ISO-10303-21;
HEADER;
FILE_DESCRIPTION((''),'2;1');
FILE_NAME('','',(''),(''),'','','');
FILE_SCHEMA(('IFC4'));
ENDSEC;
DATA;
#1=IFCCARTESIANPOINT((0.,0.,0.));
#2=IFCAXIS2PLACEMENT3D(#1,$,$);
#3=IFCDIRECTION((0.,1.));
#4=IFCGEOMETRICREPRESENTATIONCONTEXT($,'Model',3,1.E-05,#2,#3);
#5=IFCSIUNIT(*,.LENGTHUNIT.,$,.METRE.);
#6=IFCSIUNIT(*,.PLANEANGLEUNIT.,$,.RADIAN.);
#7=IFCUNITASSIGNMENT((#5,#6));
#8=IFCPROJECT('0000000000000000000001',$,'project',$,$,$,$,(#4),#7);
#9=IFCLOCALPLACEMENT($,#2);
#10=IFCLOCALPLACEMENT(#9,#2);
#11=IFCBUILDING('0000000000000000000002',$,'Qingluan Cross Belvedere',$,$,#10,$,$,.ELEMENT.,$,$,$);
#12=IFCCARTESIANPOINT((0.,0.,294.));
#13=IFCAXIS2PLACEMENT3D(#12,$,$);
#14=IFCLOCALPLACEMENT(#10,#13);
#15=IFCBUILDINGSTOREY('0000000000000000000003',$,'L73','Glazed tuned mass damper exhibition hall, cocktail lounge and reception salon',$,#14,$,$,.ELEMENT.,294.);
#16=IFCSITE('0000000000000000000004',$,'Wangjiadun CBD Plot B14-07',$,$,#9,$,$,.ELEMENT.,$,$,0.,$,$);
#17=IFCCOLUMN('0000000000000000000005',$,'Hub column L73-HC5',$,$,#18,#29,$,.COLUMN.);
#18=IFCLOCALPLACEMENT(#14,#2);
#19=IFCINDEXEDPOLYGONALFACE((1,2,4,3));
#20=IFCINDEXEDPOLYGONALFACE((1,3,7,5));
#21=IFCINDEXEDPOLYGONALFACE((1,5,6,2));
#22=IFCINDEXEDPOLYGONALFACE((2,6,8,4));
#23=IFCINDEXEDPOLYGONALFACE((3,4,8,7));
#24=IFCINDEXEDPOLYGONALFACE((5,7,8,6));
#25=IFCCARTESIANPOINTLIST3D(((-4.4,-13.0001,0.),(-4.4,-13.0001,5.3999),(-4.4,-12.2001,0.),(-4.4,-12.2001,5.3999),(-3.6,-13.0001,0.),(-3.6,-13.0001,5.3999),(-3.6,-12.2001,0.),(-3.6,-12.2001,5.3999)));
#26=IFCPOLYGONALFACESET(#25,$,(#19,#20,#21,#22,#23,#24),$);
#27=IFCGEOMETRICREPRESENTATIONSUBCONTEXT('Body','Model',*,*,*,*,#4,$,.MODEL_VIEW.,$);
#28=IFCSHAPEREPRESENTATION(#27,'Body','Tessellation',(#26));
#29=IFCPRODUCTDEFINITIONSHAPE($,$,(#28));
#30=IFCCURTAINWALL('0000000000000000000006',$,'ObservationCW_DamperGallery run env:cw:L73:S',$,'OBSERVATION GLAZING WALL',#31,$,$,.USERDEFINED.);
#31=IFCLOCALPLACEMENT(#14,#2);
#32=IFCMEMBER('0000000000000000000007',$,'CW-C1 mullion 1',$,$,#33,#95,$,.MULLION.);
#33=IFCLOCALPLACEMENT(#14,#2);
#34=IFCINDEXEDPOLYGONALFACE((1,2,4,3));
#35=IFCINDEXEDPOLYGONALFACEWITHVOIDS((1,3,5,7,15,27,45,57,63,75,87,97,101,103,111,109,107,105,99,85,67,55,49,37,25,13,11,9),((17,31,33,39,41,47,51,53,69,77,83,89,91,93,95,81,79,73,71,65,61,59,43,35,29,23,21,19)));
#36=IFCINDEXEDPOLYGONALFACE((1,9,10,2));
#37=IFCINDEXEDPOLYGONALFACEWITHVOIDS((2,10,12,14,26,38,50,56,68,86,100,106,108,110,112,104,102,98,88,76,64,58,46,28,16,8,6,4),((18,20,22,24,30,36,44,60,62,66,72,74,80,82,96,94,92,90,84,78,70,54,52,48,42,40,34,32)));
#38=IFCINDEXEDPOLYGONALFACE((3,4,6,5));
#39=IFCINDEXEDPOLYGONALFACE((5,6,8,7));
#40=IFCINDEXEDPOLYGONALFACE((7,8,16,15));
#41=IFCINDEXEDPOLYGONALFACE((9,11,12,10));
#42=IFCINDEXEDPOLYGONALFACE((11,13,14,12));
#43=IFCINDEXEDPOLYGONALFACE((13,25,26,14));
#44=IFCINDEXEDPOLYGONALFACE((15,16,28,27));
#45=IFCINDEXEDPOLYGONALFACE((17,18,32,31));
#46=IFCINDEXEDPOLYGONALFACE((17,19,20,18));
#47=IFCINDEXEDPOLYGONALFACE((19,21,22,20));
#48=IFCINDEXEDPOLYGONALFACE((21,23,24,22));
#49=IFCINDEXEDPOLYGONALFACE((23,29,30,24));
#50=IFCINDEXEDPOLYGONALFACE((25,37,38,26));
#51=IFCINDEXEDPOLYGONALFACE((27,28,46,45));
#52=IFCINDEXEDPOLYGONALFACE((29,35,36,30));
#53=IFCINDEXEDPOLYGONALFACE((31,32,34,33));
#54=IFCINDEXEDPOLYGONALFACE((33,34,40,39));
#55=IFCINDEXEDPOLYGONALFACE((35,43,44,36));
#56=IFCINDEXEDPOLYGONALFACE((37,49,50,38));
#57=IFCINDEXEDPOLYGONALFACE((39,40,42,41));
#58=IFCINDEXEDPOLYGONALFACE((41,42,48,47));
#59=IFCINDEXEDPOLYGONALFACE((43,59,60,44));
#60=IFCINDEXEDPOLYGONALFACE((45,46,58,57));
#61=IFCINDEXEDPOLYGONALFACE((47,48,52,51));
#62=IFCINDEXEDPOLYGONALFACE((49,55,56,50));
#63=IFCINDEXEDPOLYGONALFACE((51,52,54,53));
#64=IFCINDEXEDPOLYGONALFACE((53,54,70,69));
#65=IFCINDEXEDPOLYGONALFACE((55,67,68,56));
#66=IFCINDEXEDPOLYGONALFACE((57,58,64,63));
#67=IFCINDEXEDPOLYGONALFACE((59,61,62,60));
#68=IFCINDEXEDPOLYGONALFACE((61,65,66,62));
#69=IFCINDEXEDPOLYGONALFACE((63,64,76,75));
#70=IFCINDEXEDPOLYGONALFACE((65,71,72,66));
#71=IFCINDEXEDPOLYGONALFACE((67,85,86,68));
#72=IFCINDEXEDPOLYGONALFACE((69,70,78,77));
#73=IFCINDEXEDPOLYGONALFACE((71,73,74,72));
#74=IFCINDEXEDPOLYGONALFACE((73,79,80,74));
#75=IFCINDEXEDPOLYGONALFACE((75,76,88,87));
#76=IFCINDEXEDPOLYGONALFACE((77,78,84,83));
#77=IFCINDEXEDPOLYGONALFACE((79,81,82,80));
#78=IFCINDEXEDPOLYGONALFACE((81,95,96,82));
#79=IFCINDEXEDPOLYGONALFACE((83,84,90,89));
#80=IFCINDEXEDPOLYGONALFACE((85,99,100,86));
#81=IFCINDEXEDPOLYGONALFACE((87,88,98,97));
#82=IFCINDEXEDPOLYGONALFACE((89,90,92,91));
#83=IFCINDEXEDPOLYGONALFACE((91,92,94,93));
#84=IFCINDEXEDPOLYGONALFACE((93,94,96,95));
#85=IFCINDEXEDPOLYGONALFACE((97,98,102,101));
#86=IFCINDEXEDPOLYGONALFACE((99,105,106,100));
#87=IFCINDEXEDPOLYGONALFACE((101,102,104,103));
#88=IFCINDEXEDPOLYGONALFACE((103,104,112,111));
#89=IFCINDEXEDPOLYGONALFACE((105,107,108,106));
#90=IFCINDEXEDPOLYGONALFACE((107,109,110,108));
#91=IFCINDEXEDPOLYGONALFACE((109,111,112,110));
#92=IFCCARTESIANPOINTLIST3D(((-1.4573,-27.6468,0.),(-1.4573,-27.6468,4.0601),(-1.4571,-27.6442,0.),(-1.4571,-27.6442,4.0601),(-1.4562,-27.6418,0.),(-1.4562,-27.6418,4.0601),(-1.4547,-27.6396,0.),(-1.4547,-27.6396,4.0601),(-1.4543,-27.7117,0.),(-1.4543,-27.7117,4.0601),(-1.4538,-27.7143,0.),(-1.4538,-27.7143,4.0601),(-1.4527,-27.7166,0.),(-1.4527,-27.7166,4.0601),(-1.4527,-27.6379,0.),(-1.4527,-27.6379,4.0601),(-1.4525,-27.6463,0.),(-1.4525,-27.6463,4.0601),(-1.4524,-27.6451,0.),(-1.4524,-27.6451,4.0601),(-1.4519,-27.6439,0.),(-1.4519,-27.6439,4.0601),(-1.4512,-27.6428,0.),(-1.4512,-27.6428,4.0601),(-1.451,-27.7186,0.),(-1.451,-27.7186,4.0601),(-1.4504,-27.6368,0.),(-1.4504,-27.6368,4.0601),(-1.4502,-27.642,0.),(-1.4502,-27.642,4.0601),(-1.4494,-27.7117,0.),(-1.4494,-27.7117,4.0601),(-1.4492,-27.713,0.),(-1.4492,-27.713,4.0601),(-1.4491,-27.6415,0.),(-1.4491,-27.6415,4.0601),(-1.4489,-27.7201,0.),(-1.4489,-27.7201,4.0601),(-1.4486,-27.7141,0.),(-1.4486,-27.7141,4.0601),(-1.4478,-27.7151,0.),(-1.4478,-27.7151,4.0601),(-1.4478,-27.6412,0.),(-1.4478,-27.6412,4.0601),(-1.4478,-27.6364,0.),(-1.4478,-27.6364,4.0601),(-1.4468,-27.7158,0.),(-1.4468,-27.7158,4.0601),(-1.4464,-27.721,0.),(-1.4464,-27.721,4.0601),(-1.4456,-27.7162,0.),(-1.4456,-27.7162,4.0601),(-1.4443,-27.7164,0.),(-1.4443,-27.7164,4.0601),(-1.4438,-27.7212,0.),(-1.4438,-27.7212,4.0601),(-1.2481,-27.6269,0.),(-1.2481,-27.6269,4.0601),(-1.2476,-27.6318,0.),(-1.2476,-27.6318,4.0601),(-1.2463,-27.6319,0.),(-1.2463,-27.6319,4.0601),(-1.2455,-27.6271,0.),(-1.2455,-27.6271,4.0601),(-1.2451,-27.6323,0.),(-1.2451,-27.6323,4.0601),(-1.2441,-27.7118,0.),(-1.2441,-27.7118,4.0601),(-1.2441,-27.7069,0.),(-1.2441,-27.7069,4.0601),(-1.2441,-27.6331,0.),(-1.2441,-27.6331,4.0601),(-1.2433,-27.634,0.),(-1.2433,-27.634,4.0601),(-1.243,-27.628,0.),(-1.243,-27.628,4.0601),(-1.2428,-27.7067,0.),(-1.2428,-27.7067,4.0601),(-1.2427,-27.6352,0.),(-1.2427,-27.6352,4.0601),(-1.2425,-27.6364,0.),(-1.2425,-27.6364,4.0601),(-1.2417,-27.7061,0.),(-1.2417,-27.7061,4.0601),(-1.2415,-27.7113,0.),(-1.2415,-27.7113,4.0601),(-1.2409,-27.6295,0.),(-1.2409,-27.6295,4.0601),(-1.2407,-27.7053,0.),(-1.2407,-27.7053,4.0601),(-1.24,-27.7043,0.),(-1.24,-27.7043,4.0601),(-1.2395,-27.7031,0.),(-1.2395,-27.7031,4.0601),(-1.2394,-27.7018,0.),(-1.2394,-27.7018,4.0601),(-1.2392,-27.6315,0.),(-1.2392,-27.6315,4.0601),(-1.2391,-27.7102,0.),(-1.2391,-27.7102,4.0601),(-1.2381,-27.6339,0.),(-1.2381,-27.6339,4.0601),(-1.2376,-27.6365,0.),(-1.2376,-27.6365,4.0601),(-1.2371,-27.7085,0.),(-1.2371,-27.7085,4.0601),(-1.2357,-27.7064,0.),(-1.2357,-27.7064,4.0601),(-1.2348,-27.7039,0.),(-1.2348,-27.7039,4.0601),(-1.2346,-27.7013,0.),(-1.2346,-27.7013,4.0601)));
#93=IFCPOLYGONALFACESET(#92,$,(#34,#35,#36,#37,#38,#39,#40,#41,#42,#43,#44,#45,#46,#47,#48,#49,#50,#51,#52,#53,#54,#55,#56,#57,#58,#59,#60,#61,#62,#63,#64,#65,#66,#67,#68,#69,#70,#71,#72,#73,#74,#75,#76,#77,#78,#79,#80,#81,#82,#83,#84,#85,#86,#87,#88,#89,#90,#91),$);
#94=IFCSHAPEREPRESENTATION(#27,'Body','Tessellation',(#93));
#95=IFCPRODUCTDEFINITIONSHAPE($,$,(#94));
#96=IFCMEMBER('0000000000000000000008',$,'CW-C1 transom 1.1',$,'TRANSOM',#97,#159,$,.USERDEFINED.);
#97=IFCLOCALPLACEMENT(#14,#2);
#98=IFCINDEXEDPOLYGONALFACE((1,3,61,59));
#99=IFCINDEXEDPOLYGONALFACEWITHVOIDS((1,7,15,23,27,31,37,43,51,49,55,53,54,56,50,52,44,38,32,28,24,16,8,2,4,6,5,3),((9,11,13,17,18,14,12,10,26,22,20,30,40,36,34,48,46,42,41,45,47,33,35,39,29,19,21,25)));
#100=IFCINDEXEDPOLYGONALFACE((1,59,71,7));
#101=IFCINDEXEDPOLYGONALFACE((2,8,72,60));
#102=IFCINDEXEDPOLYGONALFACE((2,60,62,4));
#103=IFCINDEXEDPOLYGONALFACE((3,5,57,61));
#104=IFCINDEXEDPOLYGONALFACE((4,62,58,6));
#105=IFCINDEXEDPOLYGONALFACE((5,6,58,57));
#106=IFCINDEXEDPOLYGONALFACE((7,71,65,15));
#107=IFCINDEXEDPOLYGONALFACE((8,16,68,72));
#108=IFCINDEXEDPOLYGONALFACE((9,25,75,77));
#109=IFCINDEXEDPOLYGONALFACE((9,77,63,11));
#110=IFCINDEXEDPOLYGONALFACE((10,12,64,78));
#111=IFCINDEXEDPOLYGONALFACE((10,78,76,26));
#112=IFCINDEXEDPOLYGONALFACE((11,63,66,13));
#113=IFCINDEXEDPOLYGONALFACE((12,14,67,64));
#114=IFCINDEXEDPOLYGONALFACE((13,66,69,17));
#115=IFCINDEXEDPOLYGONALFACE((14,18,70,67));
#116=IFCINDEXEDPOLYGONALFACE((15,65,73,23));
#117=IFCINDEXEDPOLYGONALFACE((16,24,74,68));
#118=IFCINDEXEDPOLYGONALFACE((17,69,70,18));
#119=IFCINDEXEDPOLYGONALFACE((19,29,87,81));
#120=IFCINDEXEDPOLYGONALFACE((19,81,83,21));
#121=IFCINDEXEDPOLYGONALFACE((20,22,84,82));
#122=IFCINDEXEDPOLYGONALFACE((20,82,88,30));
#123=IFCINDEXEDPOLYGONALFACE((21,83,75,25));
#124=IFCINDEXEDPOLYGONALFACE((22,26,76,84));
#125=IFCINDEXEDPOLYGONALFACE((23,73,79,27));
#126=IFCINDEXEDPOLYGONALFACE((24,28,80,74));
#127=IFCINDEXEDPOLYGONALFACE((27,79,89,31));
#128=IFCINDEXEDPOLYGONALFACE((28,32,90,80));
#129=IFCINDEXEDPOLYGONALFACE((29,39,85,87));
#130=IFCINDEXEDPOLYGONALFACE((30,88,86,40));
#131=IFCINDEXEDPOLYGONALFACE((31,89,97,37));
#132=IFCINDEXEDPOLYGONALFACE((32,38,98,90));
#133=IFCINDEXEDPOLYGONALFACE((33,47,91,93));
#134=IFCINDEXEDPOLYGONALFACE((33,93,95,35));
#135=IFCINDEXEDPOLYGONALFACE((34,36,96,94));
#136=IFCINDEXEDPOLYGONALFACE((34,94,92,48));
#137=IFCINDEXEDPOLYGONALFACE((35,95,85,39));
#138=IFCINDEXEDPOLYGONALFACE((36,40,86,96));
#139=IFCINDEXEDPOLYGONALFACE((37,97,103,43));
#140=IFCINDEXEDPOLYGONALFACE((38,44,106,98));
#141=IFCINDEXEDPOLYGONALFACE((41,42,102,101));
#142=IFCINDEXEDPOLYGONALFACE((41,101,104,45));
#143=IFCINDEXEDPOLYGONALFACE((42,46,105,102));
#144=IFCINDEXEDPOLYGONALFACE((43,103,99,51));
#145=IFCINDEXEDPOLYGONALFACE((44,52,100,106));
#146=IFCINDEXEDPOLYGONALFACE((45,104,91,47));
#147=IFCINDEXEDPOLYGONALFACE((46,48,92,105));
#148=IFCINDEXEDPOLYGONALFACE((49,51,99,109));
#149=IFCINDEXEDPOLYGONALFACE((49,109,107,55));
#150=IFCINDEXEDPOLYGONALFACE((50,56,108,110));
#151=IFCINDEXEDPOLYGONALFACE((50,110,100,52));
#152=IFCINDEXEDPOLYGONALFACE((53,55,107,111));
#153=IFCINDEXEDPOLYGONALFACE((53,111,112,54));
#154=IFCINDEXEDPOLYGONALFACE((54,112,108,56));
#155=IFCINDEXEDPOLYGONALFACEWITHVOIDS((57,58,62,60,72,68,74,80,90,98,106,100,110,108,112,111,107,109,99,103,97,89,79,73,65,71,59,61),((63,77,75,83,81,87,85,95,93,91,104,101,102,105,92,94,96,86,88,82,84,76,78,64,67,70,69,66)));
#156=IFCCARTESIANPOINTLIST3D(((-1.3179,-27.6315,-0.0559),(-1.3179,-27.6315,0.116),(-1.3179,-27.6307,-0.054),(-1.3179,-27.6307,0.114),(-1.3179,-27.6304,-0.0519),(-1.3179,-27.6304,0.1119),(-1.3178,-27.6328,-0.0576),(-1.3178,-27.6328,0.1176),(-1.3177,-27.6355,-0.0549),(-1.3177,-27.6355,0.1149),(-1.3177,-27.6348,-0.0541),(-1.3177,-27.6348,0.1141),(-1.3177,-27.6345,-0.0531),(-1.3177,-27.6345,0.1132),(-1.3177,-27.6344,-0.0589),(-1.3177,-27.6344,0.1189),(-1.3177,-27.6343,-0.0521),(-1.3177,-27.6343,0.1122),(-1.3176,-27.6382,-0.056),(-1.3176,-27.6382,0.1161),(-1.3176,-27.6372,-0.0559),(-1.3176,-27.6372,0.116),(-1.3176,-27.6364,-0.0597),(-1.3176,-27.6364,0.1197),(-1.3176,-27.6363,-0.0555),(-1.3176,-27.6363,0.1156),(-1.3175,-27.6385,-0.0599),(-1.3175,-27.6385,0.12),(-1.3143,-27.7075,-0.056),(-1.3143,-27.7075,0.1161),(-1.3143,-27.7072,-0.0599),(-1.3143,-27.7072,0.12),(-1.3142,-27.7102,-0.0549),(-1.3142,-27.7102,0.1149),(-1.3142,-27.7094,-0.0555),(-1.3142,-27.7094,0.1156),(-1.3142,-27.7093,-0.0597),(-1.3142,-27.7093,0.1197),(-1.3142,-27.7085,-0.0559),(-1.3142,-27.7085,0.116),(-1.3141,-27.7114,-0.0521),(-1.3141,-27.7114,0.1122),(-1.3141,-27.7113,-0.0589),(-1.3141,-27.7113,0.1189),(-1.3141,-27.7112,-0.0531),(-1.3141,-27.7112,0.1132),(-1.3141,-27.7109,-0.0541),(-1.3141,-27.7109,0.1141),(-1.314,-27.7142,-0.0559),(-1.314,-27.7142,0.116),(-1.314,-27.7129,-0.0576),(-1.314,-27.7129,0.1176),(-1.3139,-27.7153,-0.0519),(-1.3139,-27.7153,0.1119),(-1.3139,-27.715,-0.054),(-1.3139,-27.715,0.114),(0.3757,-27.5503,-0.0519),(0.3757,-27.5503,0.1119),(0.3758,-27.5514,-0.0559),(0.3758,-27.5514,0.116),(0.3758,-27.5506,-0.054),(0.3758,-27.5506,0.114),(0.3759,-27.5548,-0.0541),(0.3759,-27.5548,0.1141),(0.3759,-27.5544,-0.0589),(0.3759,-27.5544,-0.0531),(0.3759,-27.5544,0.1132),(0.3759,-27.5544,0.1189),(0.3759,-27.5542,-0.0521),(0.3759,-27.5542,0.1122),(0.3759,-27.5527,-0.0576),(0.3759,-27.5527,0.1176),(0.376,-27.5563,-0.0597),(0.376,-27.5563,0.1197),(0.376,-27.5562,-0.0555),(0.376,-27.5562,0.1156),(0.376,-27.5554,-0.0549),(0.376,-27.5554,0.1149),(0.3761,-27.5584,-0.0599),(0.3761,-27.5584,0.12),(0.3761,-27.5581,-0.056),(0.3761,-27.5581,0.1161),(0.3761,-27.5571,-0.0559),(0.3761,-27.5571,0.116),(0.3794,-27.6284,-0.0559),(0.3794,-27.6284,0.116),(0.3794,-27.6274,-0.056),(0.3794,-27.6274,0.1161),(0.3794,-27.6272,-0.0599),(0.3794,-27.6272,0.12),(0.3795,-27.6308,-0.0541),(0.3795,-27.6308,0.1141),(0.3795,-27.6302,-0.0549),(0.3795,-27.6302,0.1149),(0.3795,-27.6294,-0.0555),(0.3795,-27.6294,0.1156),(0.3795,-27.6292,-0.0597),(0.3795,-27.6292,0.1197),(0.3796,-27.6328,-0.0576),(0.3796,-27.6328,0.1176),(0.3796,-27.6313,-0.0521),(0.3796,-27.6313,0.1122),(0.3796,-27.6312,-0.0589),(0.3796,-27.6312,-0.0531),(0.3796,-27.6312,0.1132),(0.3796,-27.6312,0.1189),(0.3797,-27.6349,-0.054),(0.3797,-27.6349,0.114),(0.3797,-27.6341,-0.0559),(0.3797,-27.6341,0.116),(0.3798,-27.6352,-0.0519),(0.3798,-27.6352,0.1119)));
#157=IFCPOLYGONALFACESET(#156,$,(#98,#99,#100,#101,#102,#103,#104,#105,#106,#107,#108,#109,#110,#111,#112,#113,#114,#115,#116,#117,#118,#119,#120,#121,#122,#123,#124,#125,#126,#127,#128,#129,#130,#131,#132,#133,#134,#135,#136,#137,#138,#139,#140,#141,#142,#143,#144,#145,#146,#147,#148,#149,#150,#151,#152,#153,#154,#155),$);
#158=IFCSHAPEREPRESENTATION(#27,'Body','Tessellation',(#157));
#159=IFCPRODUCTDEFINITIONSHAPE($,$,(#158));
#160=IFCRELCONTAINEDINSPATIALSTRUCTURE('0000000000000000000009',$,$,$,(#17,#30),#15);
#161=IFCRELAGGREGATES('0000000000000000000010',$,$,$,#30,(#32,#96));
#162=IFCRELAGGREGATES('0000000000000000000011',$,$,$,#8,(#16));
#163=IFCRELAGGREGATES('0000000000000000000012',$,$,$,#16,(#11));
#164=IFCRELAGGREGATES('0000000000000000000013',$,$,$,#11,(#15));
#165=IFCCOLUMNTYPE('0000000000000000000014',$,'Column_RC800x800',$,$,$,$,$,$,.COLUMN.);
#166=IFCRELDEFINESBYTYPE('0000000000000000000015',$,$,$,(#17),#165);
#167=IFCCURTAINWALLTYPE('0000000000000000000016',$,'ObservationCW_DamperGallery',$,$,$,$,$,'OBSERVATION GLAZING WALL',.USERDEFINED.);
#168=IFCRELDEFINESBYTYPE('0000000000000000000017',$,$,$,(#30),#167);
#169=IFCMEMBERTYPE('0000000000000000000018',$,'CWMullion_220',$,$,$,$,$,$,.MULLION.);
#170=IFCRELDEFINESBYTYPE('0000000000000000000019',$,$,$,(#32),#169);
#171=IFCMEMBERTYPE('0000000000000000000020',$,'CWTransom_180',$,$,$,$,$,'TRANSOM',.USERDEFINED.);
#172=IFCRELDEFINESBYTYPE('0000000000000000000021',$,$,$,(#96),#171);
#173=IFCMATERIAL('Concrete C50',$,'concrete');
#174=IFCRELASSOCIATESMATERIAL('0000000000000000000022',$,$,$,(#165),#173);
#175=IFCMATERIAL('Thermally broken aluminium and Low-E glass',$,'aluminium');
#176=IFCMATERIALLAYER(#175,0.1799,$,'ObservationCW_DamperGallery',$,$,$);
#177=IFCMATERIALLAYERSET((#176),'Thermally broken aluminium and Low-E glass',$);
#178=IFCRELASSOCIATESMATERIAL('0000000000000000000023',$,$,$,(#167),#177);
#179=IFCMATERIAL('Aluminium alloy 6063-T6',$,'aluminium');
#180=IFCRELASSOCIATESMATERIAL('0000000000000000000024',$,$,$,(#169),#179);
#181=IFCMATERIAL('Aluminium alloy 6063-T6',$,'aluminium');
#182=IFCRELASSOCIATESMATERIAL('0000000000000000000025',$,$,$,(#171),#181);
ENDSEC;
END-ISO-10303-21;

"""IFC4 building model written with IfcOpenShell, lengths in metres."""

from ifc_helpers import new_model, si_unit, direction, frame, origin, origin_2d, place, context, subcontext, project, spatial, rectangle, hollow_rectangle, extrude, material, layer, layer_set, material_profile, profile_set, type_object, element, aggregate, save


model = new_model("IFC4")

# Units and contexts
model_context = context("Model", 3, precision=1e-05, world=origin(), true_north=direction((0.0, 1.0)))
body_context = subcontext(model_context, "Body", "Model", "MODEL_VIEW")
ifc_project = project(units=[si_unit("LENGTHUNIT", "METRE"), si_unit("PLANEANGLEUNIT", "RADIAN")], contexts=[model_context])

# Site, building, storey
site_placement = place(None, origin())
site = spatial("IfcSite", under=ifc_project, at=site_placement, Name="Wangjiadun CBD Plot B14-07", CompositionType="ELEMENT", RefElevation=0.0)
building_placement = place(site_placement, origin())
building = spatial("IfcBuilding", under=site, at=building_placement, Name="Qingluan Cross Belvedere", CompositionType="ELEMENT")
storey_placement = place(building_placement, frame((0.0, 0.0, 294.0)))
storey = spatial("IfcBuildingStorey", under=building, at=storey_placement, Name="L73", Description="Glazed tuned mass damper exhibition hall, cocktail lounge and reception salon", CompositionType="ELEMENT", Elevation=294.0)

# Column
ifc_material_1 = material(Name="Concrete C50", Category="concrete")
ifc_material_profile_1 = material_profile(ifc_material_1, rectangle(XDim=0.8, YDim=0.8, at=origin_2d()), Name="RC800x800")
ifc_profile_set_1 = profile_set([ifc_material_profile_1], Name="Concrete C50")
column_type = type_object("IfcColumnType", Name="Column_RC800x800", PredefinedType="COLUMN", material=ifc_profile_set_1)
column_placement = place(storey_placement, frame((-4.0, -12.6001, 0.0), z_axis=(0.0, 0.0, 1.0), x_axis=(1.0, 0.0, 0.0)))
element("IfcColumn", 1, at=column_placement, inside=storey, type_object=column_type, Name="Hub column L73-HC5", PredefinedType="COLUMN", context=body_context, shape_type="SweptSolid", body=[
    extrude(rectangle(XDim=0.8, YDim=0.8, at=origin_2d()), origin(), (0.0, 0.0, 1.0), 5.3999),
])

# Curtain wall, members
ifc_material_2 = material(Name="Thermally broken aluminium and Low-E glass", Category="aluminium")
ifc_layer_1 = layer(ifc_material_2, 0.1799, Name="ObservationCW_DamperGallery")
ifc_layer_set_1 = layer_set([ifc_layer_1], Name="Thermally broken aluminium and Low-E glass")
curtain_wall_type = type_object("IfcCurtainWallType", Name="ObservationCW_DamperGallery", ElementType="OBSERVATION GLAZING WALL", PredefinedType="USERDEFINED", material=ifc_layer_set_1)
curtain_wall_placement = place(storey_placement, origin())
curtain_wall = element("IfcCurtainWall", 2, at=curtain_wall_placement, inside=storey, type_object=curtain_wall_type, Name="ObservationCW_DamperGallery run env:cw:L73:S", ObjectType="OBSERVATION GLAZING WALL", PredefinedType="USERDEFINED")
ifc_material_3 = material(Name="Aluminium alloy 6063-T6", Category="aluminium")
ifc_material_profile_2 = material_profile(ifc_material_3, hollow_rectangle(XDim=0.085, YDim=0.22, WallThickness=0.0049, InnerFilletRadius=0.0049, OuterFilletRadius=0.01, at=origin_2d()), Name="CWM220x85x5")
ifc_profile_set_2 = profile_set([ifc_material_profile_2], Name="Aluminium alloy 6063-T6")
member_type_1 = type_object("IfcMemberType", Name="CWMullion_220", PredefinedType="MULLION", material=ifc_profile_set_2)
member_1_placement = place(storey_placement, frame((-1.3459, -27.6741, 0.0), z_axis=(0.0, 0.0, 1.0), x_axis=(-0.047125, 0.998889, 0.0)))
member_1 = element("IfcMember", 3, at=member_1_placement, type_object=member_type_1, Name="CW-C1 mullion 1", PredefinedType="MULLION", context=body_context, shape_type="SweptSolid", body=[
    extrude(hollow_rectangle(XDim=0.085, YDim=0.22, WallThickness=0.0049, InnerFilletRadius=0.0049, OuterFilletRadius=0.01, at=origin_2d()), origin(), (0.0, 0.0, 1.0), 4.0601),
])
ifc_material_4 = material(Name="Aluminium alloy 6063-T6", Category="aluminium")
ifc_material_profile_3 = material_profile(ifc_material_4, hollow_rectangle(XDim=0.085, YDim=0.1799, WallThickness=0.0039, InnerFilletRadius=0.0039, OuterFilletRadius=0.0081, at=origin_2d()), Name="CWT180x85x4")
ifc_profile_set_3 = profile_set([ifc_material_profile_3], Name="Aluminium alloy 6063-T6")
member_type_2 = type_object("IfcMemberType", Name="CWTransom_180", ElementType="TRANSOM", PredefinedType="USERDEFINED", material=ifc_profile_set_3)
member_2_placement = place(storey_placement, frame((-1.3159, -27.6729, 0.03), z_axis=(0.998884, 0.04723, 0.0), x_axis=(-0.04723, 0.998884, 0.0)))
member_2 = element("IfcMember", 4, at=member_2_placement, type_object=member_type_2, Name="CW-C1 transom 1.1", ObjectType="TRANSOM", PredefinedType="USERDEFINED", context=body_context, shape_type="SweptSolid", body=[
    extrude(hollow_rectangle(XDim=0.085, YDim=0.1799, WallThickness=0.0039, InnerFilletRadius=0.0039, OuterFilletRadius=0.0081, at=origin_2d()), origin(), (0.0, 0.0, 1.0), 1.6956),
])

aggregate(curtain_wall, [member_1, member_2])

save(model, "model.ifc")
